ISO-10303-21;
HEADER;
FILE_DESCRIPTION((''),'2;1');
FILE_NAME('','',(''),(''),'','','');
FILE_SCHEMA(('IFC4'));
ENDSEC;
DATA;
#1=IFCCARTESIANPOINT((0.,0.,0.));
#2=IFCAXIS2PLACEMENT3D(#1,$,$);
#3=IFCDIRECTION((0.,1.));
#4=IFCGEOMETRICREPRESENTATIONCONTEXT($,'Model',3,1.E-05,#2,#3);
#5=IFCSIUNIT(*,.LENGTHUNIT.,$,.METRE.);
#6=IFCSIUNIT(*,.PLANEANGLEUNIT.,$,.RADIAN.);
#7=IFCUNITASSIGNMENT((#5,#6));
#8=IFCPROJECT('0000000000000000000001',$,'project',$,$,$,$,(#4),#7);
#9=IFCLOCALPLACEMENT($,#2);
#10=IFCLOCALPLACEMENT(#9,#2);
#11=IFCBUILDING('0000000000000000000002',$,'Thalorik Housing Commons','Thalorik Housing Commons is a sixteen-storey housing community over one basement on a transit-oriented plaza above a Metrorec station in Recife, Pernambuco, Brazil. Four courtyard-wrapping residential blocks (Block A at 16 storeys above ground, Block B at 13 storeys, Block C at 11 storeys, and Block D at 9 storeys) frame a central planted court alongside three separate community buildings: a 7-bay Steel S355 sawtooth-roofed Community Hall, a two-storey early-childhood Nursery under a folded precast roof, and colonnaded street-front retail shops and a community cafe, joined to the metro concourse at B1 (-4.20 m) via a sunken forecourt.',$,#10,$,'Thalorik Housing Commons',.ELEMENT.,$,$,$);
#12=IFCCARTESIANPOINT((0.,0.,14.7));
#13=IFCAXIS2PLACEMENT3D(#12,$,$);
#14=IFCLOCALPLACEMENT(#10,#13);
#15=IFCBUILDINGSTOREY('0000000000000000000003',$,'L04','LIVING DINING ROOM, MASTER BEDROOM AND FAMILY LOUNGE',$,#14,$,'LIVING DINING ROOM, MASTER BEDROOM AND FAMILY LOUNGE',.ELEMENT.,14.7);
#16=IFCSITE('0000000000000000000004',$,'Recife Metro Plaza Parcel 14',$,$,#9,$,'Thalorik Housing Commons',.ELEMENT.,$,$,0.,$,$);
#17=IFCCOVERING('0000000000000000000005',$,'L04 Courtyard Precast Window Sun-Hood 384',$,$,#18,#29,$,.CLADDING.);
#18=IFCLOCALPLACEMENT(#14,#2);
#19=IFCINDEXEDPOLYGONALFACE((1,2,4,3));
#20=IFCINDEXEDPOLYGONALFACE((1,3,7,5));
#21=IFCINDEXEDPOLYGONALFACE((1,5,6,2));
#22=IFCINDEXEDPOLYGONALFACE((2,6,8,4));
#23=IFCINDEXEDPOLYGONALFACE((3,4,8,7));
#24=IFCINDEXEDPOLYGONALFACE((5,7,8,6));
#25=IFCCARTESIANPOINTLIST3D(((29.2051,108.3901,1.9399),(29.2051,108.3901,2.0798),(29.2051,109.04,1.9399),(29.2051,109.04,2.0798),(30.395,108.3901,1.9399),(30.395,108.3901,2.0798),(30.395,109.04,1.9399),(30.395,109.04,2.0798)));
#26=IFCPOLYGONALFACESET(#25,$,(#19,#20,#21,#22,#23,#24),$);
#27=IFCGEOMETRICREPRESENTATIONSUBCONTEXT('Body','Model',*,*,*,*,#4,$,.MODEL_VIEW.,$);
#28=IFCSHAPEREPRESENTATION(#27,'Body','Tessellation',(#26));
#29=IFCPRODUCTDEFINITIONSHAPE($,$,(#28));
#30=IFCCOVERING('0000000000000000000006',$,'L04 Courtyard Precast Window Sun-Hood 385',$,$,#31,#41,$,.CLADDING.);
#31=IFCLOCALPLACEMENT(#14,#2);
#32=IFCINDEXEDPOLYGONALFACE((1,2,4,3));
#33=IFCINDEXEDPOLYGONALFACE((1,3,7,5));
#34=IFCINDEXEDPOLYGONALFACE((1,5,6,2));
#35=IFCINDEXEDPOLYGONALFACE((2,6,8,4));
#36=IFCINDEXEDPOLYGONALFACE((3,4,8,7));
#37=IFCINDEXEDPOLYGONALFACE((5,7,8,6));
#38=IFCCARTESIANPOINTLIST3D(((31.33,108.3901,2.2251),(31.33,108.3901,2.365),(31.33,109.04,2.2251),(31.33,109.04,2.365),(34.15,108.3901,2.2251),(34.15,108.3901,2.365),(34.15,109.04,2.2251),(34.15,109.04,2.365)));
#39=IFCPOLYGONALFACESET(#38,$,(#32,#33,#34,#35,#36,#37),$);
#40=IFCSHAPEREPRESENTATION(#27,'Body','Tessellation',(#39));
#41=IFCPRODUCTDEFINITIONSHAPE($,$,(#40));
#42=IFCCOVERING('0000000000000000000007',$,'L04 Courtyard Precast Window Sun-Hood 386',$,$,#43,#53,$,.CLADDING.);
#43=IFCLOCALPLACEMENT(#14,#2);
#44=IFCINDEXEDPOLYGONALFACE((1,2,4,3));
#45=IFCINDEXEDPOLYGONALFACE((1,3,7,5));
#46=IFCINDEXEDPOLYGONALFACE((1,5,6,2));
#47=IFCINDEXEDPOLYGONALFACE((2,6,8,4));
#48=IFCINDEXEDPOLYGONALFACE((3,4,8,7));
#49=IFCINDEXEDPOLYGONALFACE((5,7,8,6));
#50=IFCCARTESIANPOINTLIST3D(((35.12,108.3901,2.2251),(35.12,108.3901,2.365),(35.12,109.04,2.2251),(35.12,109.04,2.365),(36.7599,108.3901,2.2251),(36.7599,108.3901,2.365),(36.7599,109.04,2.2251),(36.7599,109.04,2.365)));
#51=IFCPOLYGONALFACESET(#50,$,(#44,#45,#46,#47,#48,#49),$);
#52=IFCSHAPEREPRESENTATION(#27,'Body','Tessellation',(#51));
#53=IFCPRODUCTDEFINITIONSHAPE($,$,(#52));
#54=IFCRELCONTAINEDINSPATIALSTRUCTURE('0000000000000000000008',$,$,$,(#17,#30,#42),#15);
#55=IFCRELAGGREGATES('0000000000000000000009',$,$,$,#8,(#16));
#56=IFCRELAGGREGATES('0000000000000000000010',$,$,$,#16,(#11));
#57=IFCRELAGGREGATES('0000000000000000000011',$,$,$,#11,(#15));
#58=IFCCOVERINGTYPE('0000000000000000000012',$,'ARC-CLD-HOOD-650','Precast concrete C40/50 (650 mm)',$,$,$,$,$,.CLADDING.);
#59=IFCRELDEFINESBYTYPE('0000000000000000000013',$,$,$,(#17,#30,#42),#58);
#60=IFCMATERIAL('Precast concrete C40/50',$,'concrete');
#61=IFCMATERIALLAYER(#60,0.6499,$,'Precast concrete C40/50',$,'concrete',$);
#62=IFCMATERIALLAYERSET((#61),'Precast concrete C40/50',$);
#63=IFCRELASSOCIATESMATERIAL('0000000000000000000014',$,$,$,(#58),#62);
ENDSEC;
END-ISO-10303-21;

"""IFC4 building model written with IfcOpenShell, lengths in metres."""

from ifc_helpers import new_model, si_unit, direction, frame, origin, origin_2d, place, context, subcontext, project, spatial, rectangle, extrude, material, layer, layer_set, type_object, element, save


model = new_model("IFC4")

# Units and contexts
model_context = context("Model", 3, precision=1e-05, world=origin(), true_north=direction((0.0, 1.0)))
body_context = subcontext(model_context, "Body", "Model", "MODEL_VIEW")
ifc_project = project(units=[si_unit("LENGTHUNIT", "METRE"), si_unit("PLANEANGLEUNIT", "RADIAN")], contexts=[model_context])

# Site, building, storey
site_placement = place(None, origin())
site = spatial("IfcSite", under=ifc_project, at=site_placement, Name="Recife Metro Plaza Parcel 14", LongName="Thalorik Housing Commons", CompositionType="ELEMENT", RefElevation=0.0)
building_placement = place(site_placement, origin())
building = spatial("IfcBuilding", under=site, at=building_placement, Name="Thalorik Housing Commons", Description="Thalorik Housing Commons is a sixteen-storey housing community over one basement on a transit-oriented plaza above a Metrorec station in Recife, Pernambuco, Brazil. Four courtyard-wrapping residential blocks (Block A at 16 storeys above ground, Block B at 13 storeys, Block C at 11 storeys, and Block D at 9 storeys) frame a central planted court alongside three separate community buildings: a 7-bay Steel S355 sawtooth-roofed Community Hall, a two-storey early-childhood Nursery under a folded precast roof, and colonnaded street-front retail shops and a community cafe, joined to the metro concourse at B1 (-4.20 m) via a sunken forecourt.", LongName="Thalorik Housing Commons", CompositionType="ELEMENT")
storey_placement = place(building_placement, frame((0.0, 0.0, 14.7)))
storey = spatial("IfcBuildingStorey", under=building, at=storey_placement, Name="L04", Description="LIVING DINING ROOM, MASTER BEDROOM AND FAMILY LOUNGE", LongName="LIVING DINING ROOM, MASTER BEDROOM AND FAMILY LOUNGE", CompositionType="ELEMENT", Elevation=14.7)

# Shared definitions
ifc_material_1 = material(Name="Precast concrete C40/50", Category="concrete")

# Coverings
ifc_layer_1 = layer(ifc_material_1, 0.6499, Name="Precast concrete C40/50", Category="concrete")
ifc_layer_set_1 = layer_set([ifc_layer_1], Name="Precast concrete C40/50")
covering_type_1 = type_object("IfcCoveringType", Name="ARC-CLD-HOOD-650", Description="Precast concrete C40/50 (650 mm)", PredefinedType="CLADDING", material=ifc_layer_set_1)
covering_1_placement = place(storey_placement, frame((29.8, 108.7151, 1.9399), z_axis=(0.0, 0.0, 1.0), x_axis=(1.0, 0.0, 0.0)))
element("IfcCovering", 1, at=covering_1_placement, inside=storey, type_object=covering_type_1, Name="L04 Courtyard Precast Window Sun-Hood 384", PredefinedType="CLADDING", context=body_context, shape_type="SweptSolid", body=[
    extrude(rectangle(XDim=1.1899, YDim=0.6499, at=origin_2d()), origin(), (0.0, 0.0, 1.0), 0.1399),
])
covering_2_placement = place(storey_placement, frame((32.74, 108.7151, 2.2251), z_axis=(0.0, 0.0, 1.0), x_axis=(1.0, 0.0, 0.0)))
element("IfcCovering", 2, at=covering_2_placement, inside=storey, type_object=covering_type_1, Name="L04 Courtyard Precast Window Sun-Hood 385", PredefinedType="CLADDING", context=body_context, shape_type="SweptSolid", body=[
    extrude(rectangle(XDim=2.8201, YDim=0.6499, at=origin_2d()), origin(), (0.0, 0.0, 1.0), 0.1399),
])
covering_3_placement = place(storey_placement, frame((35.9399, 108.7151, 2.2251), z_axis=(0.0, 0.0, 1.0), x_axis=(1.0, 0.0, 0.0)))
element("IfcCovering", 3, at=covering_3_placement, inside=storey, type_object=covering_type_1, Name="L04 Courtyard Precast Window Sun-Hood 386", PredefinedType="CLADDING", context=body_context, shape_type="SweptSolid", body=[
    extrude(rectangle(XDim=1.6399, YDim=0.6499, at=origin_2d()), origin(), (0.0, 0.0, 1.0), 0.1399),
])

save(model, "model.ifc")
